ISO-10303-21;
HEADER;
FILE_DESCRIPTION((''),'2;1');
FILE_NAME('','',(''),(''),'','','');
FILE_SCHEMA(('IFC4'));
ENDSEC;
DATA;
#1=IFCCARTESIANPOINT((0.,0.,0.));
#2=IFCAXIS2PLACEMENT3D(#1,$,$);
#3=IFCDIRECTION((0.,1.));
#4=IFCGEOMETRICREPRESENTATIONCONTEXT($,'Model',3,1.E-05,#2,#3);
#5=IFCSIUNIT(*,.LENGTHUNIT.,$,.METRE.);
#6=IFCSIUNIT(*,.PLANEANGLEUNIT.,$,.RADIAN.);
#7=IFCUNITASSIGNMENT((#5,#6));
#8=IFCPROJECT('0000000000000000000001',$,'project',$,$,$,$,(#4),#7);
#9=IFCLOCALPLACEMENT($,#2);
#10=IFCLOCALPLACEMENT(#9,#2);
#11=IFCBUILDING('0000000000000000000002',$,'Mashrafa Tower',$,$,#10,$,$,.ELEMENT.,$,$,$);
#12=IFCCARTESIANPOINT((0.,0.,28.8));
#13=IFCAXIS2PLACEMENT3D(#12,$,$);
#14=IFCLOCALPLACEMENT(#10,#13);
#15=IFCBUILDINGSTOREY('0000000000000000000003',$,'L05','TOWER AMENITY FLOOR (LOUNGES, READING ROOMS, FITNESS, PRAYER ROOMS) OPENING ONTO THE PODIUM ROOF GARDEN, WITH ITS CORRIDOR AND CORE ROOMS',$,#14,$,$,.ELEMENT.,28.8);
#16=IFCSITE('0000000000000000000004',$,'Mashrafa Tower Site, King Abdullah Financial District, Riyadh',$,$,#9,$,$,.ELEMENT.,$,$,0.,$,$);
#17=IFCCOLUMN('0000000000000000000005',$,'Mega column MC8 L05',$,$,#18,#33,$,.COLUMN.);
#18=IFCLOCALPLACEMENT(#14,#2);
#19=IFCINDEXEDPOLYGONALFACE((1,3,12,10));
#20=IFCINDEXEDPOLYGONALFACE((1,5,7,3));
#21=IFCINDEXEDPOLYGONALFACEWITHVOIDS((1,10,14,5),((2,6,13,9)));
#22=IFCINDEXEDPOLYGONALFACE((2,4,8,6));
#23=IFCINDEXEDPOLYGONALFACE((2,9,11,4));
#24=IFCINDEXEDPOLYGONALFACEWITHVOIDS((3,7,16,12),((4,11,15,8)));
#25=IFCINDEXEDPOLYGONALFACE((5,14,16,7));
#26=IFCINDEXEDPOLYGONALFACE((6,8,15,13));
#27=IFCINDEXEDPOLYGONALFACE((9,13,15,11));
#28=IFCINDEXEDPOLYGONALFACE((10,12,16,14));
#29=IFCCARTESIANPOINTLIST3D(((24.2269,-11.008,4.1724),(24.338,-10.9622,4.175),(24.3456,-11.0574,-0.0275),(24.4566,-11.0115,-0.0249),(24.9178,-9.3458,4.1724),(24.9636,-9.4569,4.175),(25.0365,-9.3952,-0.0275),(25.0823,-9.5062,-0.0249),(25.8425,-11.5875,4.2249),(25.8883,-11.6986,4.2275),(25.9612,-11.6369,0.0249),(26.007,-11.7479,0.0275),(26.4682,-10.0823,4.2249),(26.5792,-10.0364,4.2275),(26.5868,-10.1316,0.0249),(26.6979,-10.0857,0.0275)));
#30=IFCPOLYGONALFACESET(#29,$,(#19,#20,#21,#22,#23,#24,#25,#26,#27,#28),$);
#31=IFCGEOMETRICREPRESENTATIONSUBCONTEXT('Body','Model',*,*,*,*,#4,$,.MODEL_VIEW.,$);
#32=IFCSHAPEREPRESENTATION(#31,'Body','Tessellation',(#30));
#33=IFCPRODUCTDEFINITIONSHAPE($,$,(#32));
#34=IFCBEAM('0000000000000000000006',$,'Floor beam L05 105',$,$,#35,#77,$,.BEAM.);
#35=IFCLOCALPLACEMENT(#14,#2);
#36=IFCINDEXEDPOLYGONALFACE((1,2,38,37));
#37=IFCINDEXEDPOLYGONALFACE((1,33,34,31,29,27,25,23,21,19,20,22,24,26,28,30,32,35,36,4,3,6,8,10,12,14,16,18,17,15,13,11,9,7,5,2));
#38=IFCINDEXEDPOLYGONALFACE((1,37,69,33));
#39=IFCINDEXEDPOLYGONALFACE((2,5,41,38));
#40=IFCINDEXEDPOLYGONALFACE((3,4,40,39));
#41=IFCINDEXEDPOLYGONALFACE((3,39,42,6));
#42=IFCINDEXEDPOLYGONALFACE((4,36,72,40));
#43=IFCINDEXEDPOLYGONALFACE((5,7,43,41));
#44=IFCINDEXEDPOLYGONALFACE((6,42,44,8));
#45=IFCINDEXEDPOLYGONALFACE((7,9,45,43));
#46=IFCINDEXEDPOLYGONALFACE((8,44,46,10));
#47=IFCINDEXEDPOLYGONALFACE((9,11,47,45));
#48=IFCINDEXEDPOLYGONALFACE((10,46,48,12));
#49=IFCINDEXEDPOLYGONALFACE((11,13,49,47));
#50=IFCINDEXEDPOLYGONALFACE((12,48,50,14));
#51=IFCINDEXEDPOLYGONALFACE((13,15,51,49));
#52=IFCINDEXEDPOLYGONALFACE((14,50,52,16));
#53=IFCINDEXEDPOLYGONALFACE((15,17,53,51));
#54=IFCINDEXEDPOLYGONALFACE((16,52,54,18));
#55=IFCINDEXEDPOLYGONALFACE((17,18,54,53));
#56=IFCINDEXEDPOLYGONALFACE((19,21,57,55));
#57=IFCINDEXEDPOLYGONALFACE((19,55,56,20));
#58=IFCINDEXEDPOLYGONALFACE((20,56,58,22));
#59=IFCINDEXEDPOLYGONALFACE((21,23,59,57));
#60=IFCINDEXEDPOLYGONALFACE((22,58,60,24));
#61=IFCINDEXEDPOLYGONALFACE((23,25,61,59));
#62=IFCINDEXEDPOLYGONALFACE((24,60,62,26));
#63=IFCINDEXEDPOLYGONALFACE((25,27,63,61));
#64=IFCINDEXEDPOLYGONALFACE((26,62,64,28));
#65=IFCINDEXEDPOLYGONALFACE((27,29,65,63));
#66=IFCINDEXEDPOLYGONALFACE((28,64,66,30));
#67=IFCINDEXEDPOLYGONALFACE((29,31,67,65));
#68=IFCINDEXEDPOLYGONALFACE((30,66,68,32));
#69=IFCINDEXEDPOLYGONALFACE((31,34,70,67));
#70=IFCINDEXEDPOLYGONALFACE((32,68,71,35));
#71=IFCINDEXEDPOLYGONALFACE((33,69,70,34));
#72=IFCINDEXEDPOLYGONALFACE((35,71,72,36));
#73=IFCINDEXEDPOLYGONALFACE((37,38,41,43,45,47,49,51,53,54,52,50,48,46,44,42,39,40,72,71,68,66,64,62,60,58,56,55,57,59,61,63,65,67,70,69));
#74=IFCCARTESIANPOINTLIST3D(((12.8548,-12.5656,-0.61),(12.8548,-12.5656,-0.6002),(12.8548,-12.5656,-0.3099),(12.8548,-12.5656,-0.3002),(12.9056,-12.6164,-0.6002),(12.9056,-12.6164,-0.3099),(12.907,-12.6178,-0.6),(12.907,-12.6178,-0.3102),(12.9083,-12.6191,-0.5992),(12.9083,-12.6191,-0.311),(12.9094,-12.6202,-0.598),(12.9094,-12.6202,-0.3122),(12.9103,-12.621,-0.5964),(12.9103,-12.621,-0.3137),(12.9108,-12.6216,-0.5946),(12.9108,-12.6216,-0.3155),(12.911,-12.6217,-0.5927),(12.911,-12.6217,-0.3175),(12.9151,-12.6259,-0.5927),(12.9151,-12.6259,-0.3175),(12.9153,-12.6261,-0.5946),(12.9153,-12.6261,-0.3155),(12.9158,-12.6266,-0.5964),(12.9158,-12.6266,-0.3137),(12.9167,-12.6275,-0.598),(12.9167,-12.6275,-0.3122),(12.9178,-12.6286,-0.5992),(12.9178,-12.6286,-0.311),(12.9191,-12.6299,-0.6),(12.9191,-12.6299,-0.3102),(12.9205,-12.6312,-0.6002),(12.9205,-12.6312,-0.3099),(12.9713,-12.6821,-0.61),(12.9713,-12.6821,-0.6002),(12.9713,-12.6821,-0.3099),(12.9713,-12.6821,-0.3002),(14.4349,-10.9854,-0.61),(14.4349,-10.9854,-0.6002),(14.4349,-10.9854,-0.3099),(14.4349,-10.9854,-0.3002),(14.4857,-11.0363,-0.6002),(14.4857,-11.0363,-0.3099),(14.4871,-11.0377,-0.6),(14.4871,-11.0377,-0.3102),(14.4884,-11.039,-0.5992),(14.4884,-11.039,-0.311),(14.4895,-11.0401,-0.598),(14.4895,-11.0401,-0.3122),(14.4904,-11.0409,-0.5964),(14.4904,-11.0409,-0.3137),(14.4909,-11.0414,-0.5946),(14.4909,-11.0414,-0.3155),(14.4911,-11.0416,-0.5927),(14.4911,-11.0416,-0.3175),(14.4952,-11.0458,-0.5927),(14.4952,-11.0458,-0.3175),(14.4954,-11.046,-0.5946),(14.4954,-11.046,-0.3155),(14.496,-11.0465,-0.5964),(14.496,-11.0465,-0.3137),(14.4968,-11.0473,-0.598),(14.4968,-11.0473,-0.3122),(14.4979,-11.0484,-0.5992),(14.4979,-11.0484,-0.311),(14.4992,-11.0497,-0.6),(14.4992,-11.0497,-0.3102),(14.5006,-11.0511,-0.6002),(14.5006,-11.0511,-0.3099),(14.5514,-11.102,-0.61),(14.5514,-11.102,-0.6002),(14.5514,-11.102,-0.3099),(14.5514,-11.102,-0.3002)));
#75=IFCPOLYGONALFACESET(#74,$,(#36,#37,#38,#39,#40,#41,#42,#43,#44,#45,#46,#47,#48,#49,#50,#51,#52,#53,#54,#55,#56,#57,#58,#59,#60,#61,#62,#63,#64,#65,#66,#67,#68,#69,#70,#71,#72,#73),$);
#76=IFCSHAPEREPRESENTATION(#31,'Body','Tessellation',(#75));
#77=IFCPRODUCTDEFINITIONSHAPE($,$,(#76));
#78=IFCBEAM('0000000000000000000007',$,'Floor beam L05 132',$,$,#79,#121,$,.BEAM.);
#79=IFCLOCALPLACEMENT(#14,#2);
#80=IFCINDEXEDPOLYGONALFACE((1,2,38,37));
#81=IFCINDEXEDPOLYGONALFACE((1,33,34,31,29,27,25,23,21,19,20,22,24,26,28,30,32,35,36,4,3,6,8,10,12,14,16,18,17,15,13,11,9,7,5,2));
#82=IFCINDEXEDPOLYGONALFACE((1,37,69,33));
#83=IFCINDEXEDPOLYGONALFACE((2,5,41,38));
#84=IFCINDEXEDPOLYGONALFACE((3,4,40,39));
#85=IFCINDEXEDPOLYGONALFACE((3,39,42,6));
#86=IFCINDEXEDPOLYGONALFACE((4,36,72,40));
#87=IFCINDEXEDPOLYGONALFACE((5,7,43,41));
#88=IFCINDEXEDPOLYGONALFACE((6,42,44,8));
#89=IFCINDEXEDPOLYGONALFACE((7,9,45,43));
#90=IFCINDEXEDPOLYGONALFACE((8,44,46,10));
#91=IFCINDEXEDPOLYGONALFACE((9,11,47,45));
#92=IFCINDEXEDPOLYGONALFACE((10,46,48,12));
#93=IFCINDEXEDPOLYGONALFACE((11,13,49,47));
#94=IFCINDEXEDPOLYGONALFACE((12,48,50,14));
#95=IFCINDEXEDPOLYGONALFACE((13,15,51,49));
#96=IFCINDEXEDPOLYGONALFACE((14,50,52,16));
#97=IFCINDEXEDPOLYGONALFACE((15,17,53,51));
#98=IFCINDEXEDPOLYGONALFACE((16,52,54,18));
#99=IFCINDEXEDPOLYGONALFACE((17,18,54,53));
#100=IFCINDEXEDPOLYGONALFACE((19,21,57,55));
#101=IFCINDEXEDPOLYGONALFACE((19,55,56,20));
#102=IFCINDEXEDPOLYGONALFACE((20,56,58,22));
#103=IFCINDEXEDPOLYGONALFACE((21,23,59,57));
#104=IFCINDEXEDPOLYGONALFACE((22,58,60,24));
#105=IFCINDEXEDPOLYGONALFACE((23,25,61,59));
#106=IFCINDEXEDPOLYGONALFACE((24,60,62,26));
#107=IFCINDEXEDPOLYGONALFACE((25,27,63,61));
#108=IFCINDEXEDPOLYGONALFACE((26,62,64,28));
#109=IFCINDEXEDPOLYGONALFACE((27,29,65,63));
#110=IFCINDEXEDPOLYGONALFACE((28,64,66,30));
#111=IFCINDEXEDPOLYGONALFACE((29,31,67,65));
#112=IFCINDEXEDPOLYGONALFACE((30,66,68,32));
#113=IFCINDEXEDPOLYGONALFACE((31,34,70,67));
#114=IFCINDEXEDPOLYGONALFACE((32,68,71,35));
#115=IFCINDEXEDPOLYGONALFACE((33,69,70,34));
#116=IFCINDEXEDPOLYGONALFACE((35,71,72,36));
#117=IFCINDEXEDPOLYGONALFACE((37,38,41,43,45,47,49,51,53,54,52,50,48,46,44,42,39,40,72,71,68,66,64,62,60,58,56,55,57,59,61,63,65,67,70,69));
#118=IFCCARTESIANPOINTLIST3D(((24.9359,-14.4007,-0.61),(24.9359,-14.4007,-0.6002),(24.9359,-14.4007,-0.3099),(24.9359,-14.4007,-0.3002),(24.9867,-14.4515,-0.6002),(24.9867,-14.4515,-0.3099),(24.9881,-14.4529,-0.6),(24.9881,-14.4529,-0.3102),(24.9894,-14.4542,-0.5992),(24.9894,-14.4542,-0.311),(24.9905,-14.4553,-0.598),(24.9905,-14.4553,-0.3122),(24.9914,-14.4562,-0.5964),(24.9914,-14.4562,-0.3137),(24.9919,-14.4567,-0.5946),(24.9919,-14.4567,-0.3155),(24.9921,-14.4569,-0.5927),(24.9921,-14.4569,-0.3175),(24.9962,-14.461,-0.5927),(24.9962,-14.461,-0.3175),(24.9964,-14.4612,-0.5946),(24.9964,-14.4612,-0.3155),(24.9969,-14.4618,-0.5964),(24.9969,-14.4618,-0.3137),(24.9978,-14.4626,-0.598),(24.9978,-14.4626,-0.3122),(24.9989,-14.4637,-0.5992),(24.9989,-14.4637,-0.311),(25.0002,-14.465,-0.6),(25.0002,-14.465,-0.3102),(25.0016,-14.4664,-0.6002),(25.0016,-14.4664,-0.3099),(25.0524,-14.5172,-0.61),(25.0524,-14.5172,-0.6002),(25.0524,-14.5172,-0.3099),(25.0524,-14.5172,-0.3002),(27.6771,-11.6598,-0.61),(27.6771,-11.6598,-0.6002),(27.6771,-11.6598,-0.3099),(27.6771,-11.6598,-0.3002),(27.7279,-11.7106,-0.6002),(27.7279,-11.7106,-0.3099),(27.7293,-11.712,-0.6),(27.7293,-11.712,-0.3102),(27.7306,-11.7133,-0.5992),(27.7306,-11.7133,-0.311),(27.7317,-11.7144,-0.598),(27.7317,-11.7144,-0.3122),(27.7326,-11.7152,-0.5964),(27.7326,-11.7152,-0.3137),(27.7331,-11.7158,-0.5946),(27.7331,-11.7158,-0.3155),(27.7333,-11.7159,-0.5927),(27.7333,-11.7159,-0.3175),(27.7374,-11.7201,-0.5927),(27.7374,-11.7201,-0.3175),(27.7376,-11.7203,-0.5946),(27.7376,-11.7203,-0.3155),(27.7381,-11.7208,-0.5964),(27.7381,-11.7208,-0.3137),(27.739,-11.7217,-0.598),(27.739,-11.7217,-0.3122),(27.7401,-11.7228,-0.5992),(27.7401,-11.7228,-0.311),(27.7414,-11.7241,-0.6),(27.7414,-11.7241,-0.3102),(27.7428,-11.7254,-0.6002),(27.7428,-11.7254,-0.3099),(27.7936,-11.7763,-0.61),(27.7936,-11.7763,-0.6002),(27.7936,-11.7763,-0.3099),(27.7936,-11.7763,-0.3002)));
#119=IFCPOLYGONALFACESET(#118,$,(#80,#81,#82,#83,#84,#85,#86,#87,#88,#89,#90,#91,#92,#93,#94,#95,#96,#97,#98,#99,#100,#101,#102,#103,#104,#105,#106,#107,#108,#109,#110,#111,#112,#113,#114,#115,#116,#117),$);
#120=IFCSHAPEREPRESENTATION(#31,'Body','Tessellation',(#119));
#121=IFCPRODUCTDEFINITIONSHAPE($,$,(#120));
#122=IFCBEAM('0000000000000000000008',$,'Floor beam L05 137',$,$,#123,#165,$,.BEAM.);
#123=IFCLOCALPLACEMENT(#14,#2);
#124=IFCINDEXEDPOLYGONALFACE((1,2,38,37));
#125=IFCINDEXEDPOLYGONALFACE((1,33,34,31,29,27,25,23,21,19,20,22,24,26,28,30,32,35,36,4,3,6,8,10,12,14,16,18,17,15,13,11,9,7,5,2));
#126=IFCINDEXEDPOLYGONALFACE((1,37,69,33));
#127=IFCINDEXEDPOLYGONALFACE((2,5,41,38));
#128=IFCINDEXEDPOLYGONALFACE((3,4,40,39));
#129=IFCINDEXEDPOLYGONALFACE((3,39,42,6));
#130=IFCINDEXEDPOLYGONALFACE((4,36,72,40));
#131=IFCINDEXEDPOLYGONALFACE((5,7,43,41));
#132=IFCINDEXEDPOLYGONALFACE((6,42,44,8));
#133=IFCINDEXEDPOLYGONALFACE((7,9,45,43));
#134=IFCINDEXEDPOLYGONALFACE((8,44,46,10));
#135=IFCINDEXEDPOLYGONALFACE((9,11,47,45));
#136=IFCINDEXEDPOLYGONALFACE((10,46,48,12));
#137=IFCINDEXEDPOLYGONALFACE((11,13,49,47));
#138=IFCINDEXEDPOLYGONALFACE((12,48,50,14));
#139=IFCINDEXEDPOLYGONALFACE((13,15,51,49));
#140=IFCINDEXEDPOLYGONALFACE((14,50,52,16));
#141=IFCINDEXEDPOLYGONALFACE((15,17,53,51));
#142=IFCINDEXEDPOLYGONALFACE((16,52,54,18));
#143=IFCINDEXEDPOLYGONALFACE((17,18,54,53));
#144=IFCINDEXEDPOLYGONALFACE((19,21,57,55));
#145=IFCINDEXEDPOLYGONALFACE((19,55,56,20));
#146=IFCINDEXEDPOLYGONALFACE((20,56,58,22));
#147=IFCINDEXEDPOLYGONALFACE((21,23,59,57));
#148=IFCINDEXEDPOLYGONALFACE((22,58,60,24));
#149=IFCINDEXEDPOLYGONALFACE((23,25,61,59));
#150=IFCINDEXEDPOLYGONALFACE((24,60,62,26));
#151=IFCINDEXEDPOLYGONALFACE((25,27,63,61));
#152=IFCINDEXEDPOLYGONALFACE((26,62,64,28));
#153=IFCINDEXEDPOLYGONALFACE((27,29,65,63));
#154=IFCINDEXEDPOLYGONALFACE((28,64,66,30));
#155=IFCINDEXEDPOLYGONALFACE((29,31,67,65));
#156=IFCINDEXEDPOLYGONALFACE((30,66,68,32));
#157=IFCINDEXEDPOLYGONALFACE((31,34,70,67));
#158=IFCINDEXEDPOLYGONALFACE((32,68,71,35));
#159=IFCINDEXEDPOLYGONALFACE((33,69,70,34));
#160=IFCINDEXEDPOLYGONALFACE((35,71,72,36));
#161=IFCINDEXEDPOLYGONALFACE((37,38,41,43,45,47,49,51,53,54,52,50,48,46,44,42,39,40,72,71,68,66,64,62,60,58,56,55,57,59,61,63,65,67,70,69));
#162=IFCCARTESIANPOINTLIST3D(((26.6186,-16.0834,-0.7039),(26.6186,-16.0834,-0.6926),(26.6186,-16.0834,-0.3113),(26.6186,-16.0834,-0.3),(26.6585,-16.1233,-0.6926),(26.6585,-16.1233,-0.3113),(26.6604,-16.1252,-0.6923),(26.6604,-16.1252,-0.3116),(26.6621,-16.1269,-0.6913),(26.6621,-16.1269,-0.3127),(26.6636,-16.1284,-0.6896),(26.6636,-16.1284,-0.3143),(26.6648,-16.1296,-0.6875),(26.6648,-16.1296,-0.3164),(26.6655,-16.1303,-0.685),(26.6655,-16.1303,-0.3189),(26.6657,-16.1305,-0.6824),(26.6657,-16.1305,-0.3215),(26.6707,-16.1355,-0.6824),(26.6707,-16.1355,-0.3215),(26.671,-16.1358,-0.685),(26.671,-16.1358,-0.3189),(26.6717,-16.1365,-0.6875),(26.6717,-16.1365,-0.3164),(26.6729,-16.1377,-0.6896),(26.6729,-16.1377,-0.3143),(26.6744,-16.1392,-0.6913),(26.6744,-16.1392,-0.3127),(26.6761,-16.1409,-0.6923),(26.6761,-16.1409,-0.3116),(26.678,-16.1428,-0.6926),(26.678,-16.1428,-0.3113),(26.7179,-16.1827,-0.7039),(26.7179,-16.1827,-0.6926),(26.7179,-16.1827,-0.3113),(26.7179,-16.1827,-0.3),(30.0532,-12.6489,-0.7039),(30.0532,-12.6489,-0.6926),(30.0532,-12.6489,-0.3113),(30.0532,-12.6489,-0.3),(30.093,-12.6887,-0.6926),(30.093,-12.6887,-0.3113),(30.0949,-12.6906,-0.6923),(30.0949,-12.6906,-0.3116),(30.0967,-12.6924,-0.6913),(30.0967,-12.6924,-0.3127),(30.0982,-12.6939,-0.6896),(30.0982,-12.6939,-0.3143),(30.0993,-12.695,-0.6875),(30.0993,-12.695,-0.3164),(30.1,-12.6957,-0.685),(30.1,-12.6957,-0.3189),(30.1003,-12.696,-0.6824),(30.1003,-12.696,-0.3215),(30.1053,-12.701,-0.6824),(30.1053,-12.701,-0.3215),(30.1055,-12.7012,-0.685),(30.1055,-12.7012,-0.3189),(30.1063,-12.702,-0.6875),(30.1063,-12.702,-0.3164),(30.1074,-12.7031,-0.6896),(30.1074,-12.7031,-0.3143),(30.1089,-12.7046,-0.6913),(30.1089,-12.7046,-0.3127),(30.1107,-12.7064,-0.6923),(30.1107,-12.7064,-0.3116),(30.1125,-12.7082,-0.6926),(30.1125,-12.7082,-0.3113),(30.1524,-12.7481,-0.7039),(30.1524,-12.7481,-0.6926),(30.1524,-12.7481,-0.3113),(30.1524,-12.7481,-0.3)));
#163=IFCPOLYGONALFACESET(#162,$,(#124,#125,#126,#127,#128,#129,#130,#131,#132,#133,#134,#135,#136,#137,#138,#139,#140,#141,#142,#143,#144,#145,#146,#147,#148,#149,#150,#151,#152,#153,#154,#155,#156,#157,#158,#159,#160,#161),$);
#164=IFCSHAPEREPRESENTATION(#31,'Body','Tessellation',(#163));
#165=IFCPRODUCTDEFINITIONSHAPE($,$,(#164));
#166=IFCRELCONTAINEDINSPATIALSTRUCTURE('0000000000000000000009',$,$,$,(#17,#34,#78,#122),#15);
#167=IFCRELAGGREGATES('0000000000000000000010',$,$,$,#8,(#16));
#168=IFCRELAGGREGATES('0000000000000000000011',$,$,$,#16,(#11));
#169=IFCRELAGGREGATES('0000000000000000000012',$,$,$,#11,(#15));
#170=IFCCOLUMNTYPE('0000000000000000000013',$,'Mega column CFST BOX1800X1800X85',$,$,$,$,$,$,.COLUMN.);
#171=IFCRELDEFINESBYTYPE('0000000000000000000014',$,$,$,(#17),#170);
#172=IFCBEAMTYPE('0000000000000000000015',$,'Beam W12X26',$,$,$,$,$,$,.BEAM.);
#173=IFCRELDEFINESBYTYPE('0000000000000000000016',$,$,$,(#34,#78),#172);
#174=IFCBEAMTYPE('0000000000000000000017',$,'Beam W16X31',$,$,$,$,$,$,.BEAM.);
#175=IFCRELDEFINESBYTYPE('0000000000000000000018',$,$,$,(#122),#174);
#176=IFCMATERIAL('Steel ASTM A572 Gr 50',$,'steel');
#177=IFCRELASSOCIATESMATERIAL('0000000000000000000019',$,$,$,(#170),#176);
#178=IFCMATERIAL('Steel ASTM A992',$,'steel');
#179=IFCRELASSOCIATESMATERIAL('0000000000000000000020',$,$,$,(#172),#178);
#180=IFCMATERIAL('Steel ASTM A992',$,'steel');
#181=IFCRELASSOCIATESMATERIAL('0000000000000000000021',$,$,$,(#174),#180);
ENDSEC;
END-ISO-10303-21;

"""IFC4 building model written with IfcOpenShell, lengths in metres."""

from ifc_helpers import new_model, si_unit, direction, frame, origin, origin_2d, place, context, subcontext, project, spatial, hollow_rectangle, i_section, extrude, material, material_profile, profile_set, type_object, element, save


model = new_model("IFC4")

# Units and contexts
model_context = context("Model", 3, precision=1e-05, world=origin(), true_north=direction((0.0, 1.0)))
body_context = subcontext(model_context, "Body", "Model", "MODEL_VIEW")
ifc_project = project(units=[si_unit("LENGTHUNIT", "METRE"), si_unit("PLANEANGLEUNIT", "RADIAN")], contexts=[model_context])

# Site, building, storey
site_placement = place(None, origin())
site = spatial("IfcSite", under=ifc_project, at=site_placement, Name="Mashrafa Tower Site, King Abdullah Financial District, Riyadh", CompositionType="ELEMENT", RefElevation=0.0)
building_placement = place(site_placement, origin())
building = spatial("IfcBuilding", under=site, at=building_placement, Name="Mashrafa Tower", CompositionType="ELEMENT")
storey_placement = place(building_placement, frame((0.0, 0.0, 28.8)))
storey = spatial("IfcBuildingStorey", under=building, at=storey_placement, Name="L05", Description="TOWER AMENITY FLOOR (LOUNGES, READING ROOMS, FITNESS, PRAYER ROOMS) OPENING ONTO THE PODIUM ROOF GARDEN, WITH ITS CORRIDOR AND CORE ROOMS", CompositionType="ELEMENT", Elevation=28.8)

# Column
ifc_material_1 = material(Name="Steel ASTM A572 Gr 50", Category="steel")
ifc_material_profile_1 = material_profile(ifc_material_1, hollow_rectangle(XDim=1.8, YDim=1.8, WallThickness=0.085, at=origin_2d()), Name="BOX1800X1800X85")
ifc_profile_set_1 = profile_set([ifc_material_profile_1], Name="Steel ASTM A572 Gr 50")
column_type = type_object("IfcColumnType", Name="Mega column CFST BOX1800X1800X85", PredefinedType="COLUMN", material=ifc_profile_set_1)
column_placement = place(storey_placement, frame((25.5217, -10.5715, 0.0), z_axis=(-0.028238, 0.011737, 0.999532), x_axis=(-0.383806, -0.923414, 0.0)))
element("IfcColumn", 1, at=column_placement, inside=storey, type_object=column_type, Name="Mega column MC8 L05", PredefinedType="COLUMN", context=body_context, shape_type="SweptSolid", body=[
    extrude(hollow_rectangle(XDim=1.8, YDim=1.8, WallThickness=0.085, at=origin_2d()), origin(), (0.0, 0.0, 1.0), 4.2019),
])

# Beams
ifc_material_2 = material(Name="Steel ASTM A992", Category="steel")
ifc_material_profile_2 = material_profile(ifc_material_2, i_section(OverallWidth=0.1648, OverallDepth=0.3098, WebThickness=0.0059, FlangeThickness=0.0098, FilletRadius=0.0076, at=origin_2d()), Name="W12X26")
ifc_profile_set_2 = profile_set([ifc_material_profile_2], Name="Steel ASTM A992")
beam_type_1 = type_object("IfcBeamType", Name="Beam W12X26", PredefinedType="BEAM", material=ifc_profile_set_2)
beam_1_placement = place(storey_placement, frame((14.4932, -11.0437, -0.4551), z_axis=(-0.707107, -0.707107, 0.0), x_axis=(0.707107, -0.707107, 0.0)))
element("IfcBeam", 2, at=beam_1_placement, inside=storey, type_object=beam_type_1, Name="Floor beam L05 105", PredefinedType="BEAM", context=body_context, shape_type="SweptSolid", body=[
    extrude(i_section(OverallWidth=0.1648, OverallDepth=0.3098, WebThickness=0.0059, FlangeThickness=0.0098, FilletRadius=0.0076, at=origin_2d()), origin(), (0.0, 0.0, 1.0), 2.2346),
])
beam_2_placement = place(storey_placement, frame((27.7354, -11.718, -0.4551), z_axis=(-0.707138, -0.707075, 0.0), x_axis=(0.707075, -0.707138, 0.0)))
element("IfcBeam", 3, at=beam_2_placement, inside=storey, type_object=beam_type_1, Name="Floor beam L05 132", PredefinedType="BEAM", context=body_context, shape_type="SweptSolid", body=[
    extrude(i_section(OverallWidth=0.1648, OverallDepth=0.3098, WebThickness=0.0059, FlangeThickness=0.0098, FilletRadius=0.0076, at=origin_2d()), origin(), (0.0, 0.0, 1.0), 3.8765),
])
ifc_material_3 = material(Name="Steel ASTM A992", Category="steel")
ifc_material_profile_3 = material_profile(ifc_material_3, i_section(OverallWidth=0.1404, OverallDepth=0.4038, WebThickness=0.0071, FlangeThickness=0.0112, FilletRadius=0.0103, at=origin_2d()), Name="W16X31")
ifc_profile_set_3 = profile_set([ifc_material_profile_3], Name="Steel ASTM A992")
beam_type_2 = type_object("IfcBeamType", Name="Beam W16X31", PredefinedType="BEAM", material=ifc_profile_set_3)
beam_3_placement = place(storey_placement, frame((30.1028, -12.6985, -0.502), z_axis=(-0.707107, -0.707107, 0.0), x_axis=(0.707107, -0.707107, 0.0)))
element("IfcBeam", 4, at=beam_3_placement, inside=storey, type_object=beam_type_2, Name="Floor beam L05 137", PredefinedType="BEAM", context=body_context, shape_type="SweptSolid", body=[
    extrude(i_section(OverallWidth=0.1404, OverallDepth=0.4038, WebThickness=0.0071, FlangeThickness=0.0112, FilletRadius=0.0103, at=origin_2d()), origin(), (0.0, 0.0, 1.0), 4.8572),
])

save(model, "model.ifc")
